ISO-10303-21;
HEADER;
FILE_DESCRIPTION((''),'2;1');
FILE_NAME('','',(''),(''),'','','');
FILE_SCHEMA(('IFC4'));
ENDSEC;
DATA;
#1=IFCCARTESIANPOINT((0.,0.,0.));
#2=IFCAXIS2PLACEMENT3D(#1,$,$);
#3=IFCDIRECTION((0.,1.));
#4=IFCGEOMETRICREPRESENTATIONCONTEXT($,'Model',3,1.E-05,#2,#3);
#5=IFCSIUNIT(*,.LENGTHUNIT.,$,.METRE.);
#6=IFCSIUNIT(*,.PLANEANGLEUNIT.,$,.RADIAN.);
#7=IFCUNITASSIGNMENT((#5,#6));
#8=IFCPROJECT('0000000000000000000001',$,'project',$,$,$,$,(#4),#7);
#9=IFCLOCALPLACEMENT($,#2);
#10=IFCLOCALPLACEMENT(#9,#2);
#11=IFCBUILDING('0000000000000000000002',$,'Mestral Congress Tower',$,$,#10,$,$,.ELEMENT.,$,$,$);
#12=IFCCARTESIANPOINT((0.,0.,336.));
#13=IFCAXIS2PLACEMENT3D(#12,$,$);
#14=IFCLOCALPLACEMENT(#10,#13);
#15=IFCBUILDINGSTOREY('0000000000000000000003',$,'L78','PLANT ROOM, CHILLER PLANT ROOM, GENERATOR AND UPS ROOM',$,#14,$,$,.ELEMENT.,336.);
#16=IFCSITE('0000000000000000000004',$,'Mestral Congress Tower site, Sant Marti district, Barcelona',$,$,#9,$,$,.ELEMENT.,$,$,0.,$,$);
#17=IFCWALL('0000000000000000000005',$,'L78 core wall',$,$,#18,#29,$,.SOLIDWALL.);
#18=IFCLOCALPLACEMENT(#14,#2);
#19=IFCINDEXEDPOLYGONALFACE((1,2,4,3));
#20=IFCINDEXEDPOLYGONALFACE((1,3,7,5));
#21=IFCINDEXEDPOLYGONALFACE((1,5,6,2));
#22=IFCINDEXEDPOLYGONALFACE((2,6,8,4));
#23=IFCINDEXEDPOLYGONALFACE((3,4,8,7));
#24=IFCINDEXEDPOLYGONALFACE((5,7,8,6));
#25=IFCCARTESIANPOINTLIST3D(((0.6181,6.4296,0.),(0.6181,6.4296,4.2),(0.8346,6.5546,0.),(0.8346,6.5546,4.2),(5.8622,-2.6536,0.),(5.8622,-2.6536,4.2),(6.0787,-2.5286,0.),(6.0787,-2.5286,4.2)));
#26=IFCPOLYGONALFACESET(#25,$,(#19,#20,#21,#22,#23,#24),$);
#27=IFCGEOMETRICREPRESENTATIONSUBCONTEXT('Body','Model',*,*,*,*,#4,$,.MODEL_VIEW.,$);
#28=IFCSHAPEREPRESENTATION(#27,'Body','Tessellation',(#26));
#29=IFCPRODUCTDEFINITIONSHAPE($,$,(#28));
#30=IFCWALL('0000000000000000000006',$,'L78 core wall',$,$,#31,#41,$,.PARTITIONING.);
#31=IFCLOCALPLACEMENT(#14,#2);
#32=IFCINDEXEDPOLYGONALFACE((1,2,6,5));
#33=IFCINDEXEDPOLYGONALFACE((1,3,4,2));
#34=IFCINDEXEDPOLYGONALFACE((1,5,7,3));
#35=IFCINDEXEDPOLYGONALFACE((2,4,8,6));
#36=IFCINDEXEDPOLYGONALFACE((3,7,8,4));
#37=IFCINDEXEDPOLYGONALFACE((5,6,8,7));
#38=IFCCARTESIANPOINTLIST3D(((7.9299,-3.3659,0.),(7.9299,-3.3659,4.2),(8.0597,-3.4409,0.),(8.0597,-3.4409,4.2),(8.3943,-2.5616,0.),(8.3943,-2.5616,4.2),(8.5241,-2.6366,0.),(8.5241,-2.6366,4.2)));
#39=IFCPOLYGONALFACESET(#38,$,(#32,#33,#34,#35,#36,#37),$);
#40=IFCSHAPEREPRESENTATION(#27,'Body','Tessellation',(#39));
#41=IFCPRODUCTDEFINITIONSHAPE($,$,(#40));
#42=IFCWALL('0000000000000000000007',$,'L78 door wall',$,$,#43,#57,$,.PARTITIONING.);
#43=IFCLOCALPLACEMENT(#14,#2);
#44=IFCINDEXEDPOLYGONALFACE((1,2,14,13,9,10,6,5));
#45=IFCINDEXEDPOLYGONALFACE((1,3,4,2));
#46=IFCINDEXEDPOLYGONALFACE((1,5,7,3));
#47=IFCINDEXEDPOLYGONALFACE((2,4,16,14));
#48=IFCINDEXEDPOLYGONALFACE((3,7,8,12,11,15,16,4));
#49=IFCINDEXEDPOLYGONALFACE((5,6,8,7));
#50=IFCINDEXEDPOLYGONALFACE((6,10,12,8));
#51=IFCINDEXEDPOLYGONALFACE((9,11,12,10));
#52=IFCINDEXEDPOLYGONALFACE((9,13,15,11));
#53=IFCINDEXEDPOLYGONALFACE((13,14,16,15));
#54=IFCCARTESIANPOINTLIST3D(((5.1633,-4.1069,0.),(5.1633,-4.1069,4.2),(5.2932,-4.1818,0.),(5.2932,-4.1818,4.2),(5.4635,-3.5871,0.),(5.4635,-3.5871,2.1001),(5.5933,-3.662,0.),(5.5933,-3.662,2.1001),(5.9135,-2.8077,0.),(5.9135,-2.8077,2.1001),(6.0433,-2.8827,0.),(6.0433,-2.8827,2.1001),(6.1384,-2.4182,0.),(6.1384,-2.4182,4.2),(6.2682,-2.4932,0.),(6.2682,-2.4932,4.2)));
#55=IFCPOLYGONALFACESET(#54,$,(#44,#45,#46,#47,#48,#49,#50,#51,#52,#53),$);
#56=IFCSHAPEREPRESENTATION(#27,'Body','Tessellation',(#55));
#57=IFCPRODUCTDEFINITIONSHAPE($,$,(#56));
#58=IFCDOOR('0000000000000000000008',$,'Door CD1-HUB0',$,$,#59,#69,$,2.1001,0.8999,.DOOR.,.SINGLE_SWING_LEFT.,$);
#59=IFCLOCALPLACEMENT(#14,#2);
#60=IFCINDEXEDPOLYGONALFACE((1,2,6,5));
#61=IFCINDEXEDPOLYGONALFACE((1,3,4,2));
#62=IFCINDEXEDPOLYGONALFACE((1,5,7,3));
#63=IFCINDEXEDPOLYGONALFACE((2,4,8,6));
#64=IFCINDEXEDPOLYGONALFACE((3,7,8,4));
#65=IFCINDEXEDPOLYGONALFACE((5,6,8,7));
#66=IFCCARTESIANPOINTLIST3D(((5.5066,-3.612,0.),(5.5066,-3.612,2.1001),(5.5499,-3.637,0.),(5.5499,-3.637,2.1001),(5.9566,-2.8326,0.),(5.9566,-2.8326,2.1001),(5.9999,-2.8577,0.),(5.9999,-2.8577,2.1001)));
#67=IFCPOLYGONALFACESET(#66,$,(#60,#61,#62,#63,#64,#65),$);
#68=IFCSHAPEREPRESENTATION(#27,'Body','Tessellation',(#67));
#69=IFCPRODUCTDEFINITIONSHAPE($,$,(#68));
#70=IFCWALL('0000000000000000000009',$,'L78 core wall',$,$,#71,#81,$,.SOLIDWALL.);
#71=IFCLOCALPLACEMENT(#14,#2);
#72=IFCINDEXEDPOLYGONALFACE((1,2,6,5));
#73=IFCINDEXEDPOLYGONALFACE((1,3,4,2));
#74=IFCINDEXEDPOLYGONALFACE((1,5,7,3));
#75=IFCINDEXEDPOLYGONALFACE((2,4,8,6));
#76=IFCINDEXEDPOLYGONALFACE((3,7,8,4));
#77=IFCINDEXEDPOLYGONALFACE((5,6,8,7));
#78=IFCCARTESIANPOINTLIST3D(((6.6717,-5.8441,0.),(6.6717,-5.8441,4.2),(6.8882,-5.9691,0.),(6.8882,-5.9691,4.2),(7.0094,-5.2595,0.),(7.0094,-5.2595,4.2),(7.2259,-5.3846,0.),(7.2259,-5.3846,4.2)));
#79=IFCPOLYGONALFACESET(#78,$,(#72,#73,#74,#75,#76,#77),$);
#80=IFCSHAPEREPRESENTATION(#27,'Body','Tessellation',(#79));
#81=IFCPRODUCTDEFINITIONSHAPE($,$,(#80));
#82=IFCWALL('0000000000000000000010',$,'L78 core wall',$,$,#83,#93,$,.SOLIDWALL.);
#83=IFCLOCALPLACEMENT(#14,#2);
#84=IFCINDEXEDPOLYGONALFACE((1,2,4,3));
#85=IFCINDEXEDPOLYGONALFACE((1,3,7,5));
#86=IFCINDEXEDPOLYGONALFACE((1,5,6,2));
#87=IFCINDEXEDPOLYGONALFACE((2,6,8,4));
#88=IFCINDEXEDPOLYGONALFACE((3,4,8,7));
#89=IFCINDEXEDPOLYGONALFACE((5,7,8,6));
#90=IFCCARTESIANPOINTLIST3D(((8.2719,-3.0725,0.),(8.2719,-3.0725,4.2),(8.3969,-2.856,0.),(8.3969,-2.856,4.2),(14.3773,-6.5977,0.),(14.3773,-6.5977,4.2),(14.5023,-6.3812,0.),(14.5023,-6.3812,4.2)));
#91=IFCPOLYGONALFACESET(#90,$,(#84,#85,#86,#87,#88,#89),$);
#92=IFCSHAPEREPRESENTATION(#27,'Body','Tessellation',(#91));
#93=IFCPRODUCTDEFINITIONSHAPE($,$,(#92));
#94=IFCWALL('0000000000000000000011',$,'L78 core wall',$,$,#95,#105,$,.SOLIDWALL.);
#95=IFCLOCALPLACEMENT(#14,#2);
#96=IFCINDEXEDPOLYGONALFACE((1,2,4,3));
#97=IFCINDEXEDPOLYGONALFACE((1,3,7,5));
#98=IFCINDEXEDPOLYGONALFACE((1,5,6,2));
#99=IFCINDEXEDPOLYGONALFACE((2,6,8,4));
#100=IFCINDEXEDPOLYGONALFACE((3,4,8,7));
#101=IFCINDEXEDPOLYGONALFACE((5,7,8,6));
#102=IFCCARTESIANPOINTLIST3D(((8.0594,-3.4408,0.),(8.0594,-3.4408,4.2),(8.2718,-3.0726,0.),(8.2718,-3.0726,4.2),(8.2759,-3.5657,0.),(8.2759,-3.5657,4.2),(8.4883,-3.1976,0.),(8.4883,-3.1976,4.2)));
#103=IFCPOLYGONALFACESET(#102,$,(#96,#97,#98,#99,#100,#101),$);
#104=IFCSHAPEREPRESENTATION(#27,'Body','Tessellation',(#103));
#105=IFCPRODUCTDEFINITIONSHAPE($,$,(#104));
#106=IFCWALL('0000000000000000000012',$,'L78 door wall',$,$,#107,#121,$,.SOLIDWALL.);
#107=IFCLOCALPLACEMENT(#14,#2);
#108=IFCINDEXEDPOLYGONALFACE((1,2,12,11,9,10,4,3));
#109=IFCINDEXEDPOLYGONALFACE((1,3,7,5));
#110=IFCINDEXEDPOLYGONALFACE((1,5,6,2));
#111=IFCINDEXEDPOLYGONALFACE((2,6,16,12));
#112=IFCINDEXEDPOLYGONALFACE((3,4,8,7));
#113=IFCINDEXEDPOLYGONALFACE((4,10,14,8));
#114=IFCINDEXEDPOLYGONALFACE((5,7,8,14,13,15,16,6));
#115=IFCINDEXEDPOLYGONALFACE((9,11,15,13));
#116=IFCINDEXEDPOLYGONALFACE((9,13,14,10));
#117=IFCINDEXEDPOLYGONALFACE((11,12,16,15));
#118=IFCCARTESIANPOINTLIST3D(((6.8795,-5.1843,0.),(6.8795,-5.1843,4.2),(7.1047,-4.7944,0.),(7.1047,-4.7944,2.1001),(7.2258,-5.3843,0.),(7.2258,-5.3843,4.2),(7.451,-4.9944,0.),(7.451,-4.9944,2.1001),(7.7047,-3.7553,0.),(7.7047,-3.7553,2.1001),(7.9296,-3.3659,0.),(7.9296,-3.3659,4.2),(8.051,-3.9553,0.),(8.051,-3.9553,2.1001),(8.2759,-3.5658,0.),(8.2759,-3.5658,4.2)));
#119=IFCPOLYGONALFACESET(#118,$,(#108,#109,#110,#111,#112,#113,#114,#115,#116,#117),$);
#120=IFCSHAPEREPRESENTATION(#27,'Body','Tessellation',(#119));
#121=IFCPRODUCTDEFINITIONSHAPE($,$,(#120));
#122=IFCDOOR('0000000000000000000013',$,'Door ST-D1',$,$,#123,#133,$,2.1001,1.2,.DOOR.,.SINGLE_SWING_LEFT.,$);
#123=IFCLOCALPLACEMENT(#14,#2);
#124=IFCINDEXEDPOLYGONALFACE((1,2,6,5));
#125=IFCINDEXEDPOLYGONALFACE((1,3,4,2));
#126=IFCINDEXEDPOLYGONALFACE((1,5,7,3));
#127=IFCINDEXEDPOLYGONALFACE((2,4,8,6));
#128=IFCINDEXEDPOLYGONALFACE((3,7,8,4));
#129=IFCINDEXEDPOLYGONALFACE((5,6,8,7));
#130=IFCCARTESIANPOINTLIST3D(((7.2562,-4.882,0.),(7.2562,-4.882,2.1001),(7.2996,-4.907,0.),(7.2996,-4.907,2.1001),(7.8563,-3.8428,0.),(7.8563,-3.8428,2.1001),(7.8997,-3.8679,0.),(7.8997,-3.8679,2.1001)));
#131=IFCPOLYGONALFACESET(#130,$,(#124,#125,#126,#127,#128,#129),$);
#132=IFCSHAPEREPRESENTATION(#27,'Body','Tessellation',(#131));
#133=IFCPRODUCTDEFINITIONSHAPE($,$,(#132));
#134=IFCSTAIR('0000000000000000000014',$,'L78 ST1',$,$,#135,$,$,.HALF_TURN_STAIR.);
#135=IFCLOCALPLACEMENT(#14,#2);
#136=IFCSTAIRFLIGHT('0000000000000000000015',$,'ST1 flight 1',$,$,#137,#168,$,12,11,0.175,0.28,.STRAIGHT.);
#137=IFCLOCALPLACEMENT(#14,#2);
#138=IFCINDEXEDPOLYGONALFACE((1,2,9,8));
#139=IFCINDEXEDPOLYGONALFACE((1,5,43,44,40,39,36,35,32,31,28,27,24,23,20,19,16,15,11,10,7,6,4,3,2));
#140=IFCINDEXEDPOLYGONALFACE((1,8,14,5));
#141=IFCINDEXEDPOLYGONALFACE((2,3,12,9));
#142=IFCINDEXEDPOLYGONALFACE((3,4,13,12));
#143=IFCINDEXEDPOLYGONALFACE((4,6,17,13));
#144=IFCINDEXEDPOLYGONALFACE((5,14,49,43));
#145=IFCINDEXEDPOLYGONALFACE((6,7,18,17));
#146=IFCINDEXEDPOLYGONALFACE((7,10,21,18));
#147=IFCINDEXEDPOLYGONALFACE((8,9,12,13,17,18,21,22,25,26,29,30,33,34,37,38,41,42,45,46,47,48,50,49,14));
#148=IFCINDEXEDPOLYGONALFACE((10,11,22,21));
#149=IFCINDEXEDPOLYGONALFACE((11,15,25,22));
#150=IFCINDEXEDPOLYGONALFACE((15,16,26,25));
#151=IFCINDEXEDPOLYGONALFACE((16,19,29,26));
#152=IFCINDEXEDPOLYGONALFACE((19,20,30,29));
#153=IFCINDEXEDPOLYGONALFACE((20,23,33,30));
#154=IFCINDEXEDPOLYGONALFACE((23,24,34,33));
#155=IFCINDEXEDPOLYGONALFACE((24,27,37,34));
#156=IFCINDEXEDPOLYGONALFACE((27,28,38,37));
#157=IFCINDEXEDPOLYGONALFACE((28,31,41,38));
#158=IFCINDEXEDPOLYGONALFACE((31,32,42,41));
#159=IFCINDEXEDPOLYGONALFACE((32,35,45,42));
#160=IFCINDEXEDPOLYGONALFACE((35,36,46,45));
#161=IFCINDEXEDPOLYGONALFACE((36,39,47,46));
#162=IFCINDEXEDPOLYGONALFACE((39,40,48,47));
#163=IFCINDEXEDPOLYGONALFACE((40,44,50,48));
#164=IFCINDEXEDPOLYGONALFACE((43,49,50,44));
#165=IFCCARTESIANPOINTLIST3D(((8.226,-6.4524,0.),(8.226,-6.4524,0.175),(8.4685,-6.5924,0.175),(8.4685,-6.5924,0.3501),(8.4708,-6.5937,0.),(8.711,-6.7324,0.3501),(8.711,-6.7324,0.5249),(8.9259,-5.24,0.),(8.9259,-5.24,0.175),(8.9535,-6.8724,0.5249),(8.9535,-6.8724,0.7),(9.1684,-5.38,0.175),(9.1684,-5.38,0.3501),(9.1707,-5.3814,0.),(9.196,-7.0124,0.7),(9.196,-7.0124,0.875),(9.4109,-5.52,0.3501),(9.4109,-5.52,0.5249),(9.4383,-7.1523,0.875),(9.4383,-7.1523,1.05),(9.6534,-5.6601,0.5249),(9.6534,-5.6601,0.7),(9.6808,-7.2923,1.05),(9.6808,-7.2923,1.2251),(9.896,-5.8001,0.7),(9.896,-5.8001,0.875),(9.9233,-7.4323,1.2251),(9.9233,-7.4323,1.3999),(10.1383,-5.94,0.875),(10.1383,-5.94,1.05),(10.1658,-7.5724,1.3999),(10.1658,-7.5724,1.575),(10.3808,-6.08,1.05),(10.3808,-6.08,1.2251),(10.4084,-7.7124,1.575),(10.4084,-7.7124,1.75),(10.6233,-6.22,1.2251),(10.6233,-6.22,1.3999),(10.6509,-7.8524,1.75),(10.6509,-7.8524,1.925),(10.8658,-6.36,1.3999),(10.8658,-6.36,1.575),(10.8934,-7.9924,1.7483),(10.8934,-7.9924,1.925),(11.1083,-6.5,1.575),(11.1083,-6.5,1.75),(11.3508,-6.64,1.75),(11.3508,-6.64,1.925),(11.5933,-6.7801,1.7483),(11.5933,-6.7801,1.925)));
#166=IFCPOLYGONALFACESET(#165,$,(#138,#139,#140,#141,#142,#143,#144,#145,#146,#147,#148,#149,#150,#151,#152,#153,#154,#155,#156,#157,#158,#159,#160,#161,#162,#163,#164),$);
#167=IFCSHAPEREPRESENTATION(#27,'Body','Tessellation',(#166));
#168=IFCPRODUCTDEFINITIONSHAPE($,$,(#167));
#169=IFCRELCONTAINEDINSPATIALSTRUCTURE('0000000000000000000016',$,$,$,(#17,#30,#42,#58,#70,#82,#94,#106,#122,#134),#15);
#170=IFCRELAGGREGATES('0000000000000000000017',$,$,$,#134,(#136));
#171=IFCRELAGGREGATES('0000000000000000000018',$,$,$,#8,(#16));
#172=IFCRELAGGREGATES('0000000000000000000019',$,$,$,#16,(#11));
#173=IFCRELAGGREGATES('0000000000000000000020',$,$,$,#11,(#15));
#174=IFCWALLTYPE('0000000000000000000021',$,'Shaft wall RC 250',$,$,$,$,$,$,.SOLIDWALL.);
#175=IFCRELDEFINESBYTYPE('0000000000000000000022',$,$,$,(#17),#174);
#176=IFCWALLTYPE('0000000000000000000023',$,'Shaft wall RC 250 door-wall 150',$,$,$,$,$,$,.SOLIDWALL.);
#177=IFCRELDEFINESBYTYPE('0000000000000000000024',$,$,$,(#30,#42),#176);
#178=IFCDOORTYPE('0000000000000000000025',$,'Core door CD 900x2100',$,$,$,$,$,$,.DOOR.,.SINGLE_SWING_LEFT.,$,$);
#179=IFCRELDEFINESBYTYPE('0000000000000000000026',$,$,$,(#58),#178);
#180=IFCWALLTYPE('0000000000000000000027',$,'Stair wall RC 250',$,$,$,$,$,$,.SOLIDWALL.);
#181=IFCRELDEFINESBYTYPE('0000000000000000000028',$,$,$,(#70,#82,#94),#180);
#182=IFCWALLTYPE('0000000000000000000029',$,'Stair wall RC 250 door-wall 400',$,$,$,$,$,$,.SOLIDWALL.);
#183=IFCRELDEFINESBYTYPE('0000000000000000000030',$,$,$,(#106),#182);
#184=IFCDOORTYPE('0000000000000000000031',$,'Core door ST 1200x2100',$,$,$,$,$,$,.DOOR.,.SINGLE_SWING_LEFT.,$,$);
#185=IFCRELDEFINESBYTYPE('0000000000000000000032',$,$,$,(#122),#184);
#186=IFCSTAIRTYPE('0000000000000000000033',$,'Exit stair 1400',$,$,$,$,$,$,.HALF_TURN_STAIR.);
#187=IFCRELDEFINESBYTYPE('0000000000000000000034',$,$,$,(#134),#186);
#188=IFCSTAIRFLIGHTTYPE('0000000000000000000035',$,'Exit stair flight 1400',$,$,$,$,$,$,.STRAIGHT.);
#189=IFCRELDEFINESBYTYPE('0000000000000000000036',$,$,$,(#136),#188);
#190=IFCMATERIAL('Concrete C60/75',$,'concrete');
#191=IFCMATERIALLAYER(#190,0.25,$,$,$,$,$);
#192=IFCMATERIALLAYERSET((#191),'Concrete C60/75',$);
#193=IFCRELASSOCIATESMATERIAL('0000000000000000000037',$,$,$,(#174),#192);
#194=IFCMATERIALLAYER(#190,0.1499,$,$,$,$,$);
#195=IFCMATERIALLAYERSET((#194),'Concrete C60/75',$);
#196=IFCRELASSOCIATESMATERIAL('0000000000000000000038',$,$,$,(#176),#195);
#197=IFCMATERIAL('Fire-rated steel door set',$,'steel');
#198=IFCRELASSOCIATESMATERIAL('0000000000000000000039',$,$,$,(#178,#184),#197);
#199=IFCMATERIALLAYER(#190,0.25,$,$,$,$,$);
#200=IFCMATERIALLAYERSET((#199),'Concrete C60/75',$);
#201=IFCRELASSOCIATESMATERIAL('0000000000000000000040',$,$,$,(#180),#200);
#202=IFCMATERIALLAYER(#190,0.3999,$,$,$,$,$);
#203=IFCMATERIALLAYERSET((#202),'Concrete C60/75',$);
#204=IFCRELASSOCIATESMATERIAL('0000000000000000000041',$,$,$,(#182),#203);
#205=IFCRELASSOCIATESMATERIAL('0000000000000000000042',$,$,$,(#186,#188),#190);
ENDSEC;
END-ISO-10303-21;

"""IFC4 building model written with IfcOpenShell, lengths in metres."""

from ifc_helpers import new_model, si_unit, direction, frame, frame_2d, origin, place, context, subcontext, project, spatial, polyline, rectangle, outline, extrude, material, layer, layer_set, type_object, element, fill, aggregate, save


model = new_model("IFC4")

# Units and contexts
model_context = context("Model", 3, precision=1e-05, world=origin(), true_north=direction((0.0, 1.0)))
body_context = subcontext(model_context, "Body", "Model", "MODEL_VIEW")
ifc_project = project(units=[si_unit("LENGTHUNIT", "METRE"), si_unit("PLANEANGLEUNIT", "RADIAN")], contexts=[model_context])

# Site, building, storey
site_placement = place(None, origin())
site = spatial("IfcSite", under=ifc_project, at=site_placement, Name="Mestral Congress Tower site, Sant Marti district, Barcelona", CompositionType="ELEMENT", RefElevation=0.0)
building_placement = place(site_placement, origin())
building = spatial("IfcBuilding", under=site, at=building_placement, Name="Mestral Congress Tower", CompositionType="ELEMENT")
storey_placement = place(building_placement, frame((0.0, 0.0, 336.0)))
storey = spatial("IfcBuildingStorey", under=building, at=storey_placement, Name="L78", Description="PLANT ROOM, CHILLER PLANT ROOM, GENERATOR AND UPS ROOM", CompositionType="ELEMENT", Elevation=336.0)

# Shared definitions
ifc_material_1 = material(Name="Fire-rated steel door set", Category="steel")

# Shared definitions
ifc_material_2 = material(Name="Concrete C60/75", Category="concrete")

# Walls
ifc_layer_1 = layer(ifc_material_2, 0.25)
ifc_layer_set_1 = layer_set([ifc_layer_1], Name="Concrete C60/75")
wall_type_1 = type_object("IfcWallType", Name="Shaft wall RC 250", PredefinedType="SOLIDWALL", material=ifc_layer_set_1)
wall_1_placement = place(storey_placement, frame((5.9705, -2.5911, 0.0), z_axis=(0.0, 0.0, 1.0), x_axis=(-0.499994, 0.866029, 0.0)))
element("IfcWall", 1, at=wall_1_placement, inside=storey, type_object=wall_type_1, Name="L78 core wall", PredefinedType="SOLIDWALL", context=body_context, shape_type="SweptSolid", body=[
    extrude(rectangle(XDim=10.4883, YDim=0.25, at=frame_2d((5.2441, 0.0))), origin(), (0.0, 0.0, 1.0), 4.2),
])
ifc_layer_2 = layer(ifc_material_2, 0.1499)
ifc_layer_set_2 = layer_set([ifc_layer_2], Name="Concrete C60/75")
wall_type_2 = type_object("IfcWallType", Name="Shaft wall RC 250 door-wall 150", PredefinedType="SOLIDWALL", material=ifc_layer_set_2)
wall_2_placement = place(storey_placement, frame((8.4592, -2.5991, 0.0), z_axis=(0.0, 0.0, 1.0), x_axis=(-0.500041, -0.866002, 0.0)))
element("IfcWall", 2, at=wall_2_placement, inside=storey, type_object=wall_type_2, Name="L78 core wall", PredefinedType="PARTITIONING", context=body_context, shape_type="SweptSolid", body=[
    extrude(rectangle(XDim=0.9287, YDim=0.1499, at=frame_2d((0.4644, 0.0))), origin(), (0.0, 0.0, 1.0), 4.2),
])

# Wall, opening, door
wall_3_placement = place(storey_placement, frame((6.2034, -2.4556, 0.0), z_axis=(0.0, 0.0, 1.0), x_axis=(-0.500044, -0.866, 0.0)))
wall_3 = element("IfcWall", 3, at=wall_3_placement, inside=storey, type_object=wall_type_2, Name="L78 door wall", PredefinedType="PARTITIONING", context=body_context, shape_type="SweptSolid", body=[
    extrude(rectangle(XDim=1.95, YDim=0.1499, at=frame_2d((0.9751, 0.0))), origin(), (0.0, 0.0, 1.0), 4.2),
])
opening_1_placement = place(wall_3_placement, frame((0.45, 0.0, 0.0)))
opening_1 = element("IfcOpeningElement", 4, at=opening_1_placement, cuts=wall_3, PredefinedType="OPENING", context=body_context, shape_type="SweptSolid", body=[
    extrude(rectangle(XDim=0.8999, YDim=2.1001, at=frame_2d((0.45, 1.05))), frame((0.0, 0.085, 0.0), z_axis=(0.0, -1.0, 0.0), x_axis=(1.0, 0.0, 0.0)), (0.0, 0.0, 1.0), 0.1699),
])
door_type_1 = type_object("IfcDoorType", Name="Core door CD 900x2100", OperationType="SINGLE_SWING_LEFT", PredefinedType="DOOR", material=ifc_material_1)
door_1_placement = place(opening_1_placement, origin())
door_1 = element("IfcDoor", 5, at=door_1_placement, inside=storey, type_object=door_type_1, Name="Door CD1-HUB0", OperationType="SINGLE_SWING_LEFT", OverallHeight=2.1001, OverallWidth=0.8999, PredefinedType="DOOR", context=body_context, shape_type="SweptSolid", body=[
    extrude(rectangle(XDim=0.8999, YDim=2.1001, at=frame_2d((0.45, 1.05))), frame((0.0, 0.0249, 0.0), z_axis=(0.0, -1.0, 0.0), x_axis=(1.0, 0.0, 0.0)), (0.0, 0.0, 1.0), 0.05),
])
fill(opening_1, door_1)

# Walls
ifc_layer_3 = layer(ifc_material_2, 0.25)
ifc_layer_set_3 = layer_set([ifc_layer_3], Name="Concrete C60/75")
wall_type_3 = type_object("IfcWallType", Name="Stair wall RC 250", PredefinedType="SOLIDWALL", material=ifc_layer_set_3)
wall_4_placement = place(storey_placement, frame((6.78, -5.9065, 0.0), z_axis=(0.0, 0.0, 1.0), x_axis=(0.500223, 0.865896, 0.0)))
element("IfcWall", 6, at=wall_4_placement, inside=storey, type_object=wall_type_3, Name="L78 core wall", PredefinedType="SOLIDWALL", context=body_context, shape_type="SweptSolid", body=[
    extrude(rectangle(XDim=0.675, YDim=0.25, at=frame_2d((0.3374, 0.0))), origin(), (0.0, 0.0, 1.0), 4.2),
])
wall_5_placement = place(storey_placement, frame((8.3345, -2.9644, 0.0), z_axis=(0.0, 0.0, 1.0), x_axis=(0.866016, -0.500016, 0.0)))
element("IfcWall", 7, at=wall_5_placement, inside=storey, type_object=wall_type_3, Name="L78 core wall", PredefinedType="SOLIDWALL", context=body_context, shape_type="SweptSolid", body=[
    extrude(rectangle(XDim=7.05, YDim=0.25, at=frame_2d((3.5249, 0.0))), origin(), (0.0, 0.0, 1.0), 4.2),
])
wall_6_placement = place(storey_placement, frame((8.1677, -3.5032, 0.0), z_axis=(0.0, 0.0, 1.0), x_axis=(0.499722, 0.866186, 0.0)))
element("IfcWall", 8, at=wall_6_placement, inside=storey, type_object=wall_type_3, Name="L78 core wall", PredefinedType="SOLIDWALL", context=body_context, shape_type="SweptSolid", body=[
    extrude(rectangle(XDim=0.425, YDim=0.25, at=frame_2d((0.2124, 0.0))), origin(), (0.0, 0.0, 1.0), 4.2),
])

# Wall, opening, door
ifc_layer_4 = layer(ifc_material_2, 0.3999)
ifc_layer_set_4 = layer_set([ifc_layer_4], Name="Concrete C60/75")
wall_type_4 = type_object("IfcWallType", Name="Stair wall RC 250 door-wall 400", PredefinedType="SOLIDWALL", material=ifc_layer_set_4)
wall_7_placement = place(storey_placement, frame((7.0527, -5.2842, 0.0), z_axis=(0.0, 0.0, 1.0), x_axis=(0.500078, 0.86598, 0.0)))
wall_7 = element("IfcWall", 9, at=wall_7_placement, inside=storey, type_object=wall_type_4, Name="L78 door wall", PredefinedType="SOLIDWALL", context=body_context, shape_type="SweptSolid", body=[
    extrude(rectangle(XDim=2.0999, YDim=0.3999, at=frame_2d((1.0498, 0.0))), origin(), (0.0, 0.0, 1.0), 4.2),
])
opening_2_placement = place(wall_7_placement, frame((0.45, 0.0, 0.0)))
opening_2 = element("IfcOpeningElement", 10, at=opening_2_placement, cuts=wall_7, PredefinedType="OPENING", context=body_context, shape_type="SweptSolid", body=[
    extrude(rectangle(XDim=1.2, YDim=2.1001, at=frame_2d((0.6001, 1.05))), frame((0.0, 0.21, 0.0), z_axis=(0.0, -1.0, 0.0), x_axis=(1.0, 0.0, 0.0)), (0.0, 0.0, 1.0), 0.4199),
])
door_type_2 = type_object("IfcDoorType", Name="Core door ST 1200x2100", OperationType="SINGLE_SWING_LEFT", PredefinedType="DOOR", material=ifc_material_1)
door_2_placement = place(opening_2_placement, origin())
door_2 = element("IfcDoor", 11, at=door_2_placement, inside=storey, type_object=door_type_2, Name="Door ST-D1", OperationType="SINGLE_SWING_LEFT", OverallHeight=2.1001, OverallWidth=1.2, PredefinedType="DOOR", context=body_context, shape_type="SweptSolid", body=[
    extrude(rectangle(XDim=1.2, YDim=2.1001, at=frame_2d((0.6001, 1.05))), frame((0.0, 0.0249, 0.0), z_axis=(0.0, -1.0, 0.0), x_axis=(1.0, 0.0, 0.0)), (0.0, 0.0, 1.0), 0.05),
])
fill(opening_2, door_2)

# Stair, stair flight
stair_type = type_object("IfcStairType", Name="Exit stair 1400", PredefinedType="HALF_TURN_STAIR", material=ifc_material_2)
stair_placement = place(storey_placement, origin())
stair = element("IfcStair", 12, at=stair_placement, inside=storey, type_object=stair_type, Name="L78 ST1", PredefinedType="HALF_TURN_STAIR")
stair_flight_type = type_object("IfcStairFlightType", Name="Exit stair flight 1400", PredefinedType="STRAIGHT", material=ifc_material_2)
stair_flight_1_placement = place(storey_placement, frame((8.5759, -5.8462, 0.0), z_axis=(0.0, 0.0, 1.0), x_axis=(0.866025, -0.5, 0.0)))
stair_flight_1 = element("IfcStairFlight", 13, at=stair_flight_1_placement, type_object=stair_flight_type, Name="ST1 flight 1", NumberOfRisers=12, NumberOfTreads=11, PredefinedType="STRAIGHT", RiserHeight=0.175, TreadLength=0.28, context=body_context, shape_type="SweptSolid", body=[
    extrude(outline(polyline([(0.0, 0.0), (0.0, 0.175), (0.28, 0.175), (0.28, 0.3501), (0.5601, 0.3501), (0.5601, 0.5249), (0.8401, 0.5249), (0.8401, 0.7), (1.1201, 0.7), (1.1201, 0.875), (1.3999, 0.875), (1.3999, 1.05), (1.6799, 1.05), (1.6799, 1.2251), (1.96, 1.2251), (1.96, 1.3999), (2.24, 1.3999), (2.24, 1.575), (2.52, 1.575), (2.52, 1.75), (2.8, 1.75), (2.8, 1.925), (3.0801, 1.925), (3.0801, 2.1001), (3.0801, 1.7483), (0.2827, 0.0), (0.0, 0.0)])), frame((0.0, 0.7, 0.0), z_axis=(0.0, -1.0, 0.0), x_axis=(1.0, 0.0, 0.0)), (0.0, 0.0, 1.0), 1.3999),
])
aggregate(stair, [stair_flight_1])

save(model, "model.ifc")
